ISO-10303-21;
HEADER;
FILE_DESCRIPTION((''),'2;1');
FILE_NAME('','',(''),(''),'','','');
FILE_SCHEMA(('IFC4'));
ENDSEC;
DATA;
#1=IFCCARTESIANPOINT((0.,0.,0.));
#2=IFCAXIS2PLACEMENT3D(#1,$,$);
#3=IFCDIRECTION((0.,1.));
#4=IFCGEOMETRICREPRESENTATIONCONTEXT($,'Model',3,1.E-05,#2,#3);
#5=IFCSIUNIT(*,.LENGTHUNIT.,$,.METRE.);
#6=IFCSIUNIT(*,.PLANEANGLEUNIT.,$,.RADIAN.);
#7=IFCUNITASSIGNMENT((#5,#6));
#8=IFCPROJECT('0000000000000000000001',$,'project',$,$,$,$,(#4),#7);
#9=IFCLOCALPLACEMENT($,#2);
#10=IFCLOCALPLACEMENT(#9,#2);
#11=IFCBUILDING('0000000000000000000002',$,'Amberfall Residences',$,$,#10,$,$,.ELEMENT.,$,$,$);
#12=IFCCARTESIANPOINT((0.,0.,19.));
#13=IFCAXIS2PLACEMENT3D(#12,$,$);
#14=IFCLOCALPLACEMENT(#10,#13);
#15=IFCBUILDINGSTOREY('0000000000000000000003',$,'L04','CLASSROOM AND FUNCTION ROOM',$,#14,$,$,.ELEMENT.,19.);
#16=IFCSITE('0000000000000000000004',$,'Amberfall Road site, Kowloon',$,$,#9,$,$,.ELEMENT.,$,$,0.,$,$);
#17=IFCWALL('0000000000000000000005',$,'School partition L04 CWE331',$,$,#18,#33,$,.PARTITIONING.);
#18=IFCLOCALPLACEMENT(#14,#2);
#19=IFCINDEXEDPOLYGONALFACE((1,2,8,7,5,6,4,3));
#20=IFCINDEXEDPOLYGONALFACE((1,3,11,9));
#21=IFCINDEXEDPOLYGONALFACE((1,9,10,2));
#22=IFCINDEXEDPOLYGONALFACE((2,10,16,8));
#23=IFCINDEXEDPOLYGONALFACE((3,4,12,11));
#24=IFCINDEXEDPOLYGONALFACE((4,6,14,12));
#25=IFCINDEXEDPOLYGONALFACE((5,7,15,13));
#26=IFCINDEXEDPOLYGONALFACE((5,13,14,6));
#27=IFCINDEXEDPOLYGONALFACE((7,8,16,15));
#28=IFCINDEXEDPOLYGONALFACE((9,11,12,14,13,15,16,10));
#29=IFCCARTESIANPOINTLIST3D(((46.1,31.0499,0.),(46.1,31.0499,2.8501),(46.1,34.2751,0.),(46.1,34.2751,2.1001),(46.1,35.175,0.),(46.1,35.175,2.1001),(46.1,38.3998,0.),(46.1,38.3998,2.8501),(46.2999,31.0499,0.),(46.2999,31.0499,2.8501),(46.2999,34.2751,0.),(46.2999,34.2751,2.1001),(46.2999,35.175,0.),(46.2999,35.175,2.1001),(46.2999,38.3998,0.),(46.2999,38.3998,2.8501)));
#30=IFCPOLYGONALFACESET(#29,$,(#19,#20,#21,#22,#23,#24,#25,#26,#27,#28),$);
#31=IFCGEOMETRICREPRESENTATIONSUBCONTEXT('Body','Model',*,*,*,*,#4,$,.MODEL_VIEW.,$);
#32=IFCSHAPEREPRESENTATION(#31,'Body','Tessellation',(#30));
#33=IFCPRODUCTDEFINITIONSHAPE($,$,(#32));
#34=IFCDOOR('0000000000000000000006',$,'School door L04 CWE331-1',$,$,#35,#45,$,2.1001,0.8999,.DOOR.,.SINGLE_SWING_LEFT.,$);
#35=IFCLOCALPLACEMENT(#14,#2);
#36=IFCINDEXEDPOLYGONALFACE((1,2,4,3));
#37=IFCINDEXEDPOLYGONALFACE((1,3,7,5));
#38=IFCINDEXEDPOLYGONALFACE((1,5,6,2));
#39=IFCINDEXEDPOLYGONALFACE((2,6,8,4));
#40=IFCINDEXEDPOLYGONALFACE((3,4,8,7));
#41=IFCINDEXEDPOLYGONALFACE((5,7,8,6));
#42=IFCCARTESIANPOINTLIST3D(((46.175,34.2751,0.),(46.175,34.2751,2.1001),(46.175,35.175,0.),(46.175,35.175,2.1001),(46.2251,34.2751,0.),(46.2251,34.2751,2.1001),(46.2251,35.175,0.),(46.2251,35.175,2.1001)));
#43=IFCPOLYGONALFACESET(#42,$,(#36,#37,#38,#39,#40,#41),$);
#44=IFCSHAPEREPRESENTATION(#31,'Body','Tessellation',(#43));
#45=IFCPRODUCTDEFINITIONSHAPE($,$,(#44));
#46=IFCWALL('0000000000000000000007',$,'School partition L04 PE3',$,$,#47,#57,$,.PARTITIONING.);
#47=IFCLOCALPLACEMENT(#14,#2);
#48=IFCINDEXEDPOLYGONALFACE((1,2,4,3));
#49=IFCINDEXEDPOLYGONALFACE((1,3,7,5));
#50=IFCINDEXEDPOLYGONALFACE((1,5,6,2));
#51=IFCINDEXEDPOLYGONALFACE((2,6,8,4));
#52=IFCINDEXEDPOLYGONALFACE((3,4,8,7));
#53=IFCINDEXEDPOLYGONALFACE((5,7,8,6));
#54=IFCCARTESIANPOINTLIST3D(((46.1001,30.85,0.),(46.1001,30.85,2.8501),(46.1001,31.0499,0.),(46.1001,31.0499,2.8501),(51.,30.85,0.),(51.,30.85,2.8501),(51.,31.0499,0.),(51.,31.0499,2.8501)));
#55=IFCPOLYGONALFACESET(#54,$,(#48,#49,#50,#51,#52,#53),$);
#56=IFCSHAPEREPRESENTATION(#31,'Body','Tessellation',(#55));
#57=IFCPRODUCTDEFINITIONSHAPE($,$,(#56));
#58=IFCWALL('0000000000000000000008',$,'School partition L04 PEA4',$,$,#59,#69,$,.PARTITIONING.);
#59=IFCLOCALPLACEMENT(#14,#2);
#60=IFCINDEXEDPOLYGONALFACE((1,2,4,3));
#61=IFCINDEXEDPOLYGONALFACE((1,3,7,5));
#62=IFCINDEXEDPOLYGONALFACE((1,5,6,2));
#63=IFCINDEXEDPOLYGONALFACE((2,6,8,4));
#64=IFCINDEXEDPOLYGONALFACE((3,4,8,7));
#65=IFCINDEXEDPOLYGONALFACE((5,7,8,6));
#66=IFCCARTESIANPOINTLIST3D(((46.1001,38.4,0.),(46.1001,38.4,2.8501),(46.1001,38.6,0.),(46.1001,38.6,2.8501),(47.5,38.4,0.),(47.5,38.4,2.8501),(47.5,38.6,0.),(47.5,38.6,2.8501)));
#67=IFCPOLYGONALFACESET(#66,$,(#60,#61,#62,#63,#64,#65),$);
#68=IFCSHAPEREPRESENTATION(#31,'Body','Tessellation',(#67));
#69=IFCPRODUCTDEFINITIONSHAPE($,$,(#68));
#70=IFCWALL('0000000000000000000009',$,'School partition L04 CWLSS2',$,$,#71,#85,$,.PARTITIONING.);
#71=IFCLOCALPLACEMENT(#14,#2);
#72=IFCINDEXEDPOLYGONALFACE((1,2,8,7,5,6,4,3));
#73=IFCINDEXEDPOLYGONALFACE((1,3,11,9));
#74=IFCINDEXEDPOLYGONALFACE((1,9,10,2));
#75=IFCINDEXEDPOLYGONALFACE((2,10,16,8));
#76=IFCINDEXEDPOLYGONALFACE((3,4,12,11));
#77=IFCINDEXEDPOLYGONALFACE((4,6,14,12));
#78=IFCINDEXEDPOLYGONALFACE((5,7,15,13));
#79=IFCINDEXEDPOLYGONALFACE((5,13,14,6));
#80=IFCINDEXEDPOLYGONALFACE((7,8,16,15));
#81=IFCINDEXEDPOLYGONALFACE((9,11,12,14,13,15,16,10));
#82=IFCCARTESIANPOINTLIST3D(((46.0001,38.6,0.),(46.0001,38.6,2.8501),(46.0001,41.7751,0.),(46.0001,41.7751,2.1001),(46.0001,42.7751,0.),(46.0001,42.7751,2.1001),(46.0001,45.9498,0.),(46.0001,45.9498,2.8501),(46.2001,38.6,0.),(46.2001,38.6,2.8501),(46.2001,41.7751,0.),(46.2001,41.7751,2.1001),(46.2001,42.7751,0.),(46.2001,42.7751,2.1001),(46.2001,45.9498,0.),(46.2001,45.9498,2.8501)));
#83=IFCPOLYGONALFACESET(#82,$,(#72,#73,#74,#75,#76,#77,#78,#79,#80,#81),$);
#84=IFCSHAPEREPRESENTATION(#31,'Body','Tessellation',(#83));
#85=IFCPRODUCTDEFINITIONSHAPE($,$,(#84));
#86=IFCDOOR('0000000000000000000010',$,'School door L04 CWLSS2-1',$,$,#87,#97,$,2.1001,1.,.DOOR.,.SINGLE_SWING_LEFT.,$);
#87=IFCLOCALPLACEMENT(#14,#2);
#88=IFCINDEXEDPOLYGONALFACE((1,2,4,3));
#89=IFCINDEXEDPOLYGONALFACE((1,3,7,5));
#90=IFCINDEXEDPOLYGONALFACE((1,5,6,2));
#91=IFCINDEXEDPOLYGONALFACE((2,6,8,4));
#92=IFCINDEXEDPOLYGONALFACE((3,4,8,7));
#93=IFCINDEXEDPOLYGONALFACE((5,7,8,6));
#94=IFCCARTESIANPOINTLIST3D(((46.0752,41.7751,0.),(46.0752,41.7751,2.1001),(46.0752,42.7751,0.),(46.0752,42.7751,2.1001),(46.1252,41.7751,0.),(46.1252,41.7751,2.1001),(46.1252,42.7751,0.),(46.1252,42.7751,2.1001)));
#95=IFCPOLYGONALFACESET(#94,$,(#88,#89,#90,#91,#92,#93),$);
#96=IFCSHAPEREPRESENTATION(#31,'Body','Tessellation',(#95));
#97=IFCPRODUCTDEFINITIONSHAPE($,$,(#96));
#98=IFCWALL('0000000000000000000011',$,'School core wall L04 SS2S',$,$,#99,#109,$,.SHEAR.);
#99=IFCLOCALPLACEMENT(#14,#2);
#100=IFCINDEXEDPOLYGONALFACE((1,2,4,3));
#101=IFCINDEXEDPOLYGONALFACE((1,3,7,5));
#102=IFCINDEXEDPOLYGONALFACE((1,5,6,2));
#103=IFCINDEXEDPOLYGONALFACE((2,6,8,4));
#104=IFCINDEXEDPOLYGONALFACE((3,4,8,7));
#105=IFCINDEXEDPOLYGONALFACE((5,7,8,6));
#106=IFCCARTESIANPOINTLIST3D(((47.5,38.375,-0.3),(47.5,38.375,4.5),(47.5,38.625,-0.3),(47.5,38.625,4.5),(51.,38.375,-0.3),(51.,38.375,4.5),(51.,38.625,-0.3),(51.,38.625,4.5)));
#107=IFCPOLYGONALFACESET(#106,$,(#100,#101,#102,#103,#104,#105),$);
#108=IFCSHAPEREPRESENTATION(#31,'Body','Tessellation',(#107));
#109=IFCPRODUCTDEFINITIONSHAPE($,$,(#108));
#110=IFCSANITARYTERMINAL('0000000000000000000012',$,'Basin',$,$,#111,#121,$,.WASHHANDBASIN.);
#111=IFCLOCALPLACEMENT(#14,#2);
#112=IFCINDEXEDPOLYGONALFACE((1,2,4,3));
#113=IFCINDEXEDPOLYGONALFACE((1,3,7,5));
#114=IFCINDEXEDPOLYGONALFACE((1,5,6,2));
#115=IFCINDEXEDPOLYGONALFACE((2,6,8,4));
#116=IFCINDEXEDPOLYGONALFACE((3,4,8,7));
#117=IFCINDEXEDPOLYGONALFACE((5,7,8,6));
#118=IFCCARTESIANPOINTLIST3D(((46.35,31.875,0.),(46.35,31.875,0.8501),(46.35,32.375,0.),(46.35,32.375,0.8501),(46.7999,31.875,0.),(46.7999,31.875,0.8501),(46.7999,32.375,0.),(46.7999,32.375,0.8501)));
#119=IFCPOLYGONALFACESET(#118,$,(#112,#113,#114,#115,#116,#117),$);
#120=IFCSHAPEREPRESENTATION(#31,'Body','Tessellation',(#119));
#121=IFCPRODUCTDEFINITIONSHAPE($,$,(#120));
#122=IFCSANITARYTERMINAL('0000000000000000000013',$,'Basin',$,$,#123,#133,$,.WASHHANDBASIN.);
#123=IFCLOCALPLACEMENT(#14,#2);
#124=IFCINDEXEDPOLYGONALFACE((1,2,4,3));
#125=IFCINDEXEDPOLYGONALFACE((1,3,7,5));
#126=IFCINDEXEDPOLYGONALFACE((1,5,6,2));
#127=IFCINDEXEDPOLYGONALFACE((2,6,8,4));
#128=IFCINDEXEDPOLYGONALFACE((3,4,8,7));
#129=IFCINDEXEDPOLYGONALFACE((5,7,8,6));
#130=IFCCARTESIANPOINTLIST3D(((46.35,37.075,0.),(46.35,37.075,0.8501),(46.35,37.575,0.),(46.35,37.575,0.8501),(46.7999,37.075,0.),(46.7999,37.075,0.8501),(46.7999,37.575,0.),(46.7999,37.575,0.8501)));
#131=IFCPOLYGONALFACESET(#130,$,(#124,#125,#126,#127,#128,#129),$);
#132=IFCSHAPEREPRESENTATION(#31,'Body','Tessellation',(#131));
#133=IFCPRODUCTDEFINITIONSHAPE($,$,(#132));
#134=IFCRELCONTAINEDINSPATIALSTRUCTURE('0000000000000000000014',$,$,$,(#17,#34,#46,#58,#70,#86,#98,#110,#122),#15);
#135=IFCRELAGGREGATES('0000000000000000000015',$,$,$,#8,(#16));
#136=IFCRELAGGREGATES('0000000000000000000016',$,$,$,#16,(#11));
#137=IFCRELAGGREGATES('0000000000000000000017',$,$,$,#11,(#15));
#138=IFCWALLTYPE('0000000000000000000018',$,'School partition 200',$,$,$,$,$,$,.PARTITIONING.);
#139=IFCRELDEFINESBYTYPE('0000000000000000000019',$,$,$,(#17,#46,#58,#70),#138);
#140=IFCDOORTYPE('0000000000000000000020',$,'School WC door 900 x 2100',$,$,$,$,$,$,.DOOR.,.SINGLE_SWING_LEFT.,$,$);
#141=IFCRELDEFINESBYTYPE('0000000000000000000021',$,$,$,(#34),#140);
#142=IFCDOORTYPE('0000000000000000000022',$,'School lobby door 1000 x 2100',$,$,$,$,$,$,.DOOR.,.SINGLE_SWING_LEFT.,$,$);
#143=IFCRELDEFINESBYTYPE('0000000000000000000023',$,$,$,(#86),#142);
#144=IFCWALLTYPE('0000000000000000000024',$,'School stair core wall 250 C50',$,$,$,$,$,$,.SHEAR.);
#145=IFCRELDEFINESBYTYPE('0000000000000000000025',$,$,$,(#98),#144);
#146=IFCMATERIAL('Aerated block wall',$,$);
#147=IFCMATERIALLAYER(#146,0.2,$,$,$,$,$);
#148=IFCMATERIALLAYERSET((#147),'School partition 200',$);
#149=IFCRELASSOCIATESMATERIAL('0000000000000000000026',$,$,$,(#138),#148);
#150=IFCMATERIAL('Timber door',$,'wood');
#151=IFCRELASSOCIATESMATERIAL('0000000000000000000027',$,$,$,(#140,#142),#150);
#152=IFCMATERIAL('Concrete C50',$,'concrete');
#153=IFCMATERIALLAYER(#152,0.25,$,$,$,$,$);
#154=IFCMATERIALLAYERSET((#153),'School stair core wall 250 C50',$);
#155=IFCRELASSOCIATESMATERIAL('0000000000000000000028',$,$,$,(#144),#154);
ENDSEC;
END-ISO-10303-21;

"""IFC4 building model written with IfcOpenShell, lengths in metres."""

from ifc_helpers import new_model, si_unit, direction, frame, frame_2d, origin, origin_2d, place, context, subcontext, project, spatial, rectangle, extrude, material, layer, layer_set, type_object, element, fill, save


model = new_model("IFC4")

# Units and contexts
model_context = context("Model", 3, precision=1e-05, world=origin(), true_north=direction((0.0, 1.0)))
body_context = subcontext(model_context, "Body", "Model", "MODEL_VIEW")
ifc_project = project(units=[si_unit("LENGTHUNIT", "METRE"), si_unit("PLANEANGLEUNIT", "RADIAN")], contexts=[model_context])

# Site, building, storey
site_placement = place(None, origin())
site = spatial("IfcSite", under=ifc_project, at=site_placement, Name="Amberfall Road site, Kowloon", CompositionType="ELEMENT", RefElevation=0.0)
building_placement = place(site_placement, origin())
building = spatial("IfcBuilding", under=site, at=building_placement, Name="Amberfall Residences", CompositionType="ELEMENT")
storey_placement = place(building_placement, frame((0.0, 0.0, 19.0)))
storey = spatial("IfcBuildingStorey", under=building, at=storey_placement, Name="L04", Description="CLASSROOM AND FUNCTION ROOM", CompositionType="ELEMENT", Elevation=19.0)

# Shared definitions
ifc_material_1 = material(Name="Aerated block wall")

# Shared definitions
ifc_layer_1 = layer(ifc_material_1, 0.2)
ifc_layer_set_1 = layer_set([ifc_layer_1], Name="School partition 200")
wall_type_1 = type_object("IfcWallType", Name="School partition 200", PredefinedType="PARTITIONING", material=ifc_layer_set_1)
ifc_material_2 = material(Name="Timber door", Category="wood")

# Wall, opening, door
wall_1_placement = place(storey_placement, frame((46.2, 31.05, 0.0), z_axis=(0.0, 0.0, 1.0), x_axis=(0.0, 1.0, 0.0)))
wall_1 = element("IfcWall", 1, at=wall_1_placement, inside=storey, type_object=wall_type_1, Name="School partition L04 CWE331", PredefinedType="PARTITIONING", context=body_context, shape_type="SweptSolid", body=[
    extrude(rectangle(XDim=7.3499, YDim=0.2, at=frame_2d((3.6748, 0.0))), origin(), (0.0, 0.0, 1.0), 2.8501),
])
opening_1_placement = place(wall_1_placement, frame((3.2251, 0.0, 0.0)))
opening_1 = element("IfcOpeningElement", 2, at=opening_1_placement, cuts=wall_1, PredefinedType="OPENING", context=body_context, shape_type="SweptSolid", body=[
    extrude(rectangle(XDim=0.8999, YDim=2.1001, at=frame_2d((0.45, 1.05))), frame((0.0, 0.1099, 0.0), z_axis=(0.0, -1.0, 0.0), x_axis=(1.0, 0.0, 0.0)), (0.0, 0.0, 1.0), 0.22),
])
door_type_1 = type_object("IfcDoorType", Name="School WC door 900 x 2100", OperationType="SINGLE_SWING_LEFT", PredefinedType="DOOR", material=ifc_material_2)
door_1_placement = place(opening_1_placement, origin())
door_1 = element("IfcDoor", 3, at=door_1_placement, inside=storey, type_object=door_type_1, Name="School door L04 CWE331-1", OperationType="SINGLE_SWING_LEFT", OverallHeight=2.1001, OverallWidth=0.8999, PredefinedType="DOOR", context=body_context, shape_type="SweptSolid", body=[
    extrude(rectangle(XDim=0.8999, YDim=2.1001, at=frame_2d((0.45, 1.05))), frame((0.0, 0.0249, 0.0), z_axis=(0.0, -1.0, 0.0), x_axis=(1.0, 0.0, 0.0)), (0.0, 0.0, 1.0), 0.05),
])
fill(opening_1, door_1)

# Walls
wall_2_placement = place(storey_placement, frame((46.1001, 30.95, 0.0), z_axis=(0.0, 0.0, 1.0), x_axis=(1.0, 0.0, 0.0)))
element("IfcWall", 4, at=wall_2_placement, inside=storey, type_object=wall_type_1, Name="School partition L04 PE3", PredefinedType="PARTITIONING", context=body_context, shape_type="SweptSolid", body=[
    extrude(rectangle(XDim=4.8999, YDim=0.2, at=frame_2d((2.45, 0.0))), origin(), (0.0, 0.0, 1.0), 2.8501),
])
wall_3_placement = place(storey_placement, frame((46.1001, 38.5, 0.0), z_axis=(0.0, 0.0, 1.0), x_axis=(1.0, 0.0, 0.0)))
element("IfcWall", 5, at=wall_3_placement, inside=storey, type_object=wall_type_1, Name="School partition L04 PEA4", PredefinedType="PARTITIONING", context=body_context, shape_type="SweptSolid", body=[
    extrude(rectangle(XDim=1.3999, YDim=0.2, at=frame_2d((0.7, 0.0))), origin(), (0.0, 0.0, 1.0), 2.8501),
])

# Wall, opening, door
wall_4_placement = place(storey_placement, frame((46.1001, 38.6001, 0.0), z_axis=(0.0, 0.0, 1.0), x_axis=(0.0, 1.0, 0.0)))
wall_4 = element("IfcWall", 6, at=wall_4_placement, inside=storey, type_object=wall_type_1, Name="School partition L04 CWLSS2", PredefinedType="PARTITIONING", context=body_context, shape_type="SweptSolid", body=[
    extrude(rectangle(XDim=7.3499, YDim=0.2, at=frame_2d((3.6748, 0.0))), origin(), (0.0, 0.0, 1.0), 2.8501),
])
opening_2_placement = place(wall_4_placement, frame((3.175, 0.0, 0.0)))
opening_2 = element("IfcOpeningElement", 7, at=opening_2_placement, cuts=wall_4, PredefinedType="OPENING", context=body_context, shape_type="SweptSolid", body=[
    extrude(rectangle(XDim=1.0, YDim=2.1001, at=frame_2d((0.5, 1.05))), frame((0.0, 0.1099, 0.0), z_axis=(0.0, -1.0, 0.0), x_axis=(1.0, 0.0, 0.0)), (0.0, 0.0, 1.0), 0.22),
])
door_type_2 = type_object("IfcDoorType", Name="School lobby door 1000 x 2100", OperationType="SINGLE_SWING_LEFT", PredefinedType="DOOR", material=ifc_material_2)
door_2_placement = place(opening_2_placement, origin())
door_2 = element("IfcDoor", 8, at=door_2_placement, inside=storey, type_object=door_type_2, Name="School door L04 CWLSS2-1", OperationType="SINGLE_SWING_LEFT", OverallHeight=2.1001, OverallWidth=1.0, PredefinedType="DOOR", context=body_context, shape_type="SweptSolid", body=[
    extrude(rectangle(XDim=1.0, YDim=2.1001, at=frame_2d((0.5, 1.05))), frame((0.0, 0.0249, 0.0), z_axis=(0.0, -1.0, 0.0), x_axis=(1.0, 0.0, 0.0)), (0.0, 0.0, 1.0), 0.05),
])
fill(opening_2, door_2)

# Wall
ifc_material_3 = material(Name="Concrete C50", Category="concrete")
ifc_layer_2 = layer(ifc_material_3, 0.25)
ifc_layer_set_2 = layer_set([ifc_layer_2], Name="School stair core wall 250 C50")
wall_type_2 = type_object("IfcWallType", Name="School stair core wall 250 C50", PredefinedType="SHEAR", material=ifc_layer_set_2)
wall_5_placement = place(storey_placement, frame((47.5, 38.5, -0.3), z_axis=(0.0, 0.0, 1.0), x_axis=(1.0, 0.0, 0.0)))
element("IfcWall", 9, at=wall_5_placement, inside=storey, type_object=wall_type_2, Name="School core wall L04 SS2S", PredefinedType="SHEAR", context=body_context, shape_type="SweptSolid", body=[
    extrude(rectangle(XDim=3.5, YDim=0.25, at=frame_2d((1.75, 0.0))), origin(), (0.0, 0.0, 1.0), 4.8),
])

# Sanitary terminals
for number, where, z_axis, x_axis, name in (
    (10, (46.575, 32.125, 0.0), (0.0, 0.0, 1.0), (1.0, 0.0, 0.0), "Basin"),
    (11, (46.575, 37.325, 0.0), (0.0, 0.0, 1.0), (1.0, 0.0, 0.0), "Basin"),
):
    element("IfcSanitaryTerminal", number, at=place(storey_placement, frame(where, z_axis=z_axis, x_axis=x_axis)), inside=storey, Name=name, PredefinedType="WASHHANDBASIN", context=body_context, shape_type="SweptSolid", body=[
        extrude(rectangle(XDim=0.45, YDim=0.5, at=origin_2d()), origin(), (0.0, 0.0, 1.0), 0.8501),
    ])

save(model, "model.ifc")
